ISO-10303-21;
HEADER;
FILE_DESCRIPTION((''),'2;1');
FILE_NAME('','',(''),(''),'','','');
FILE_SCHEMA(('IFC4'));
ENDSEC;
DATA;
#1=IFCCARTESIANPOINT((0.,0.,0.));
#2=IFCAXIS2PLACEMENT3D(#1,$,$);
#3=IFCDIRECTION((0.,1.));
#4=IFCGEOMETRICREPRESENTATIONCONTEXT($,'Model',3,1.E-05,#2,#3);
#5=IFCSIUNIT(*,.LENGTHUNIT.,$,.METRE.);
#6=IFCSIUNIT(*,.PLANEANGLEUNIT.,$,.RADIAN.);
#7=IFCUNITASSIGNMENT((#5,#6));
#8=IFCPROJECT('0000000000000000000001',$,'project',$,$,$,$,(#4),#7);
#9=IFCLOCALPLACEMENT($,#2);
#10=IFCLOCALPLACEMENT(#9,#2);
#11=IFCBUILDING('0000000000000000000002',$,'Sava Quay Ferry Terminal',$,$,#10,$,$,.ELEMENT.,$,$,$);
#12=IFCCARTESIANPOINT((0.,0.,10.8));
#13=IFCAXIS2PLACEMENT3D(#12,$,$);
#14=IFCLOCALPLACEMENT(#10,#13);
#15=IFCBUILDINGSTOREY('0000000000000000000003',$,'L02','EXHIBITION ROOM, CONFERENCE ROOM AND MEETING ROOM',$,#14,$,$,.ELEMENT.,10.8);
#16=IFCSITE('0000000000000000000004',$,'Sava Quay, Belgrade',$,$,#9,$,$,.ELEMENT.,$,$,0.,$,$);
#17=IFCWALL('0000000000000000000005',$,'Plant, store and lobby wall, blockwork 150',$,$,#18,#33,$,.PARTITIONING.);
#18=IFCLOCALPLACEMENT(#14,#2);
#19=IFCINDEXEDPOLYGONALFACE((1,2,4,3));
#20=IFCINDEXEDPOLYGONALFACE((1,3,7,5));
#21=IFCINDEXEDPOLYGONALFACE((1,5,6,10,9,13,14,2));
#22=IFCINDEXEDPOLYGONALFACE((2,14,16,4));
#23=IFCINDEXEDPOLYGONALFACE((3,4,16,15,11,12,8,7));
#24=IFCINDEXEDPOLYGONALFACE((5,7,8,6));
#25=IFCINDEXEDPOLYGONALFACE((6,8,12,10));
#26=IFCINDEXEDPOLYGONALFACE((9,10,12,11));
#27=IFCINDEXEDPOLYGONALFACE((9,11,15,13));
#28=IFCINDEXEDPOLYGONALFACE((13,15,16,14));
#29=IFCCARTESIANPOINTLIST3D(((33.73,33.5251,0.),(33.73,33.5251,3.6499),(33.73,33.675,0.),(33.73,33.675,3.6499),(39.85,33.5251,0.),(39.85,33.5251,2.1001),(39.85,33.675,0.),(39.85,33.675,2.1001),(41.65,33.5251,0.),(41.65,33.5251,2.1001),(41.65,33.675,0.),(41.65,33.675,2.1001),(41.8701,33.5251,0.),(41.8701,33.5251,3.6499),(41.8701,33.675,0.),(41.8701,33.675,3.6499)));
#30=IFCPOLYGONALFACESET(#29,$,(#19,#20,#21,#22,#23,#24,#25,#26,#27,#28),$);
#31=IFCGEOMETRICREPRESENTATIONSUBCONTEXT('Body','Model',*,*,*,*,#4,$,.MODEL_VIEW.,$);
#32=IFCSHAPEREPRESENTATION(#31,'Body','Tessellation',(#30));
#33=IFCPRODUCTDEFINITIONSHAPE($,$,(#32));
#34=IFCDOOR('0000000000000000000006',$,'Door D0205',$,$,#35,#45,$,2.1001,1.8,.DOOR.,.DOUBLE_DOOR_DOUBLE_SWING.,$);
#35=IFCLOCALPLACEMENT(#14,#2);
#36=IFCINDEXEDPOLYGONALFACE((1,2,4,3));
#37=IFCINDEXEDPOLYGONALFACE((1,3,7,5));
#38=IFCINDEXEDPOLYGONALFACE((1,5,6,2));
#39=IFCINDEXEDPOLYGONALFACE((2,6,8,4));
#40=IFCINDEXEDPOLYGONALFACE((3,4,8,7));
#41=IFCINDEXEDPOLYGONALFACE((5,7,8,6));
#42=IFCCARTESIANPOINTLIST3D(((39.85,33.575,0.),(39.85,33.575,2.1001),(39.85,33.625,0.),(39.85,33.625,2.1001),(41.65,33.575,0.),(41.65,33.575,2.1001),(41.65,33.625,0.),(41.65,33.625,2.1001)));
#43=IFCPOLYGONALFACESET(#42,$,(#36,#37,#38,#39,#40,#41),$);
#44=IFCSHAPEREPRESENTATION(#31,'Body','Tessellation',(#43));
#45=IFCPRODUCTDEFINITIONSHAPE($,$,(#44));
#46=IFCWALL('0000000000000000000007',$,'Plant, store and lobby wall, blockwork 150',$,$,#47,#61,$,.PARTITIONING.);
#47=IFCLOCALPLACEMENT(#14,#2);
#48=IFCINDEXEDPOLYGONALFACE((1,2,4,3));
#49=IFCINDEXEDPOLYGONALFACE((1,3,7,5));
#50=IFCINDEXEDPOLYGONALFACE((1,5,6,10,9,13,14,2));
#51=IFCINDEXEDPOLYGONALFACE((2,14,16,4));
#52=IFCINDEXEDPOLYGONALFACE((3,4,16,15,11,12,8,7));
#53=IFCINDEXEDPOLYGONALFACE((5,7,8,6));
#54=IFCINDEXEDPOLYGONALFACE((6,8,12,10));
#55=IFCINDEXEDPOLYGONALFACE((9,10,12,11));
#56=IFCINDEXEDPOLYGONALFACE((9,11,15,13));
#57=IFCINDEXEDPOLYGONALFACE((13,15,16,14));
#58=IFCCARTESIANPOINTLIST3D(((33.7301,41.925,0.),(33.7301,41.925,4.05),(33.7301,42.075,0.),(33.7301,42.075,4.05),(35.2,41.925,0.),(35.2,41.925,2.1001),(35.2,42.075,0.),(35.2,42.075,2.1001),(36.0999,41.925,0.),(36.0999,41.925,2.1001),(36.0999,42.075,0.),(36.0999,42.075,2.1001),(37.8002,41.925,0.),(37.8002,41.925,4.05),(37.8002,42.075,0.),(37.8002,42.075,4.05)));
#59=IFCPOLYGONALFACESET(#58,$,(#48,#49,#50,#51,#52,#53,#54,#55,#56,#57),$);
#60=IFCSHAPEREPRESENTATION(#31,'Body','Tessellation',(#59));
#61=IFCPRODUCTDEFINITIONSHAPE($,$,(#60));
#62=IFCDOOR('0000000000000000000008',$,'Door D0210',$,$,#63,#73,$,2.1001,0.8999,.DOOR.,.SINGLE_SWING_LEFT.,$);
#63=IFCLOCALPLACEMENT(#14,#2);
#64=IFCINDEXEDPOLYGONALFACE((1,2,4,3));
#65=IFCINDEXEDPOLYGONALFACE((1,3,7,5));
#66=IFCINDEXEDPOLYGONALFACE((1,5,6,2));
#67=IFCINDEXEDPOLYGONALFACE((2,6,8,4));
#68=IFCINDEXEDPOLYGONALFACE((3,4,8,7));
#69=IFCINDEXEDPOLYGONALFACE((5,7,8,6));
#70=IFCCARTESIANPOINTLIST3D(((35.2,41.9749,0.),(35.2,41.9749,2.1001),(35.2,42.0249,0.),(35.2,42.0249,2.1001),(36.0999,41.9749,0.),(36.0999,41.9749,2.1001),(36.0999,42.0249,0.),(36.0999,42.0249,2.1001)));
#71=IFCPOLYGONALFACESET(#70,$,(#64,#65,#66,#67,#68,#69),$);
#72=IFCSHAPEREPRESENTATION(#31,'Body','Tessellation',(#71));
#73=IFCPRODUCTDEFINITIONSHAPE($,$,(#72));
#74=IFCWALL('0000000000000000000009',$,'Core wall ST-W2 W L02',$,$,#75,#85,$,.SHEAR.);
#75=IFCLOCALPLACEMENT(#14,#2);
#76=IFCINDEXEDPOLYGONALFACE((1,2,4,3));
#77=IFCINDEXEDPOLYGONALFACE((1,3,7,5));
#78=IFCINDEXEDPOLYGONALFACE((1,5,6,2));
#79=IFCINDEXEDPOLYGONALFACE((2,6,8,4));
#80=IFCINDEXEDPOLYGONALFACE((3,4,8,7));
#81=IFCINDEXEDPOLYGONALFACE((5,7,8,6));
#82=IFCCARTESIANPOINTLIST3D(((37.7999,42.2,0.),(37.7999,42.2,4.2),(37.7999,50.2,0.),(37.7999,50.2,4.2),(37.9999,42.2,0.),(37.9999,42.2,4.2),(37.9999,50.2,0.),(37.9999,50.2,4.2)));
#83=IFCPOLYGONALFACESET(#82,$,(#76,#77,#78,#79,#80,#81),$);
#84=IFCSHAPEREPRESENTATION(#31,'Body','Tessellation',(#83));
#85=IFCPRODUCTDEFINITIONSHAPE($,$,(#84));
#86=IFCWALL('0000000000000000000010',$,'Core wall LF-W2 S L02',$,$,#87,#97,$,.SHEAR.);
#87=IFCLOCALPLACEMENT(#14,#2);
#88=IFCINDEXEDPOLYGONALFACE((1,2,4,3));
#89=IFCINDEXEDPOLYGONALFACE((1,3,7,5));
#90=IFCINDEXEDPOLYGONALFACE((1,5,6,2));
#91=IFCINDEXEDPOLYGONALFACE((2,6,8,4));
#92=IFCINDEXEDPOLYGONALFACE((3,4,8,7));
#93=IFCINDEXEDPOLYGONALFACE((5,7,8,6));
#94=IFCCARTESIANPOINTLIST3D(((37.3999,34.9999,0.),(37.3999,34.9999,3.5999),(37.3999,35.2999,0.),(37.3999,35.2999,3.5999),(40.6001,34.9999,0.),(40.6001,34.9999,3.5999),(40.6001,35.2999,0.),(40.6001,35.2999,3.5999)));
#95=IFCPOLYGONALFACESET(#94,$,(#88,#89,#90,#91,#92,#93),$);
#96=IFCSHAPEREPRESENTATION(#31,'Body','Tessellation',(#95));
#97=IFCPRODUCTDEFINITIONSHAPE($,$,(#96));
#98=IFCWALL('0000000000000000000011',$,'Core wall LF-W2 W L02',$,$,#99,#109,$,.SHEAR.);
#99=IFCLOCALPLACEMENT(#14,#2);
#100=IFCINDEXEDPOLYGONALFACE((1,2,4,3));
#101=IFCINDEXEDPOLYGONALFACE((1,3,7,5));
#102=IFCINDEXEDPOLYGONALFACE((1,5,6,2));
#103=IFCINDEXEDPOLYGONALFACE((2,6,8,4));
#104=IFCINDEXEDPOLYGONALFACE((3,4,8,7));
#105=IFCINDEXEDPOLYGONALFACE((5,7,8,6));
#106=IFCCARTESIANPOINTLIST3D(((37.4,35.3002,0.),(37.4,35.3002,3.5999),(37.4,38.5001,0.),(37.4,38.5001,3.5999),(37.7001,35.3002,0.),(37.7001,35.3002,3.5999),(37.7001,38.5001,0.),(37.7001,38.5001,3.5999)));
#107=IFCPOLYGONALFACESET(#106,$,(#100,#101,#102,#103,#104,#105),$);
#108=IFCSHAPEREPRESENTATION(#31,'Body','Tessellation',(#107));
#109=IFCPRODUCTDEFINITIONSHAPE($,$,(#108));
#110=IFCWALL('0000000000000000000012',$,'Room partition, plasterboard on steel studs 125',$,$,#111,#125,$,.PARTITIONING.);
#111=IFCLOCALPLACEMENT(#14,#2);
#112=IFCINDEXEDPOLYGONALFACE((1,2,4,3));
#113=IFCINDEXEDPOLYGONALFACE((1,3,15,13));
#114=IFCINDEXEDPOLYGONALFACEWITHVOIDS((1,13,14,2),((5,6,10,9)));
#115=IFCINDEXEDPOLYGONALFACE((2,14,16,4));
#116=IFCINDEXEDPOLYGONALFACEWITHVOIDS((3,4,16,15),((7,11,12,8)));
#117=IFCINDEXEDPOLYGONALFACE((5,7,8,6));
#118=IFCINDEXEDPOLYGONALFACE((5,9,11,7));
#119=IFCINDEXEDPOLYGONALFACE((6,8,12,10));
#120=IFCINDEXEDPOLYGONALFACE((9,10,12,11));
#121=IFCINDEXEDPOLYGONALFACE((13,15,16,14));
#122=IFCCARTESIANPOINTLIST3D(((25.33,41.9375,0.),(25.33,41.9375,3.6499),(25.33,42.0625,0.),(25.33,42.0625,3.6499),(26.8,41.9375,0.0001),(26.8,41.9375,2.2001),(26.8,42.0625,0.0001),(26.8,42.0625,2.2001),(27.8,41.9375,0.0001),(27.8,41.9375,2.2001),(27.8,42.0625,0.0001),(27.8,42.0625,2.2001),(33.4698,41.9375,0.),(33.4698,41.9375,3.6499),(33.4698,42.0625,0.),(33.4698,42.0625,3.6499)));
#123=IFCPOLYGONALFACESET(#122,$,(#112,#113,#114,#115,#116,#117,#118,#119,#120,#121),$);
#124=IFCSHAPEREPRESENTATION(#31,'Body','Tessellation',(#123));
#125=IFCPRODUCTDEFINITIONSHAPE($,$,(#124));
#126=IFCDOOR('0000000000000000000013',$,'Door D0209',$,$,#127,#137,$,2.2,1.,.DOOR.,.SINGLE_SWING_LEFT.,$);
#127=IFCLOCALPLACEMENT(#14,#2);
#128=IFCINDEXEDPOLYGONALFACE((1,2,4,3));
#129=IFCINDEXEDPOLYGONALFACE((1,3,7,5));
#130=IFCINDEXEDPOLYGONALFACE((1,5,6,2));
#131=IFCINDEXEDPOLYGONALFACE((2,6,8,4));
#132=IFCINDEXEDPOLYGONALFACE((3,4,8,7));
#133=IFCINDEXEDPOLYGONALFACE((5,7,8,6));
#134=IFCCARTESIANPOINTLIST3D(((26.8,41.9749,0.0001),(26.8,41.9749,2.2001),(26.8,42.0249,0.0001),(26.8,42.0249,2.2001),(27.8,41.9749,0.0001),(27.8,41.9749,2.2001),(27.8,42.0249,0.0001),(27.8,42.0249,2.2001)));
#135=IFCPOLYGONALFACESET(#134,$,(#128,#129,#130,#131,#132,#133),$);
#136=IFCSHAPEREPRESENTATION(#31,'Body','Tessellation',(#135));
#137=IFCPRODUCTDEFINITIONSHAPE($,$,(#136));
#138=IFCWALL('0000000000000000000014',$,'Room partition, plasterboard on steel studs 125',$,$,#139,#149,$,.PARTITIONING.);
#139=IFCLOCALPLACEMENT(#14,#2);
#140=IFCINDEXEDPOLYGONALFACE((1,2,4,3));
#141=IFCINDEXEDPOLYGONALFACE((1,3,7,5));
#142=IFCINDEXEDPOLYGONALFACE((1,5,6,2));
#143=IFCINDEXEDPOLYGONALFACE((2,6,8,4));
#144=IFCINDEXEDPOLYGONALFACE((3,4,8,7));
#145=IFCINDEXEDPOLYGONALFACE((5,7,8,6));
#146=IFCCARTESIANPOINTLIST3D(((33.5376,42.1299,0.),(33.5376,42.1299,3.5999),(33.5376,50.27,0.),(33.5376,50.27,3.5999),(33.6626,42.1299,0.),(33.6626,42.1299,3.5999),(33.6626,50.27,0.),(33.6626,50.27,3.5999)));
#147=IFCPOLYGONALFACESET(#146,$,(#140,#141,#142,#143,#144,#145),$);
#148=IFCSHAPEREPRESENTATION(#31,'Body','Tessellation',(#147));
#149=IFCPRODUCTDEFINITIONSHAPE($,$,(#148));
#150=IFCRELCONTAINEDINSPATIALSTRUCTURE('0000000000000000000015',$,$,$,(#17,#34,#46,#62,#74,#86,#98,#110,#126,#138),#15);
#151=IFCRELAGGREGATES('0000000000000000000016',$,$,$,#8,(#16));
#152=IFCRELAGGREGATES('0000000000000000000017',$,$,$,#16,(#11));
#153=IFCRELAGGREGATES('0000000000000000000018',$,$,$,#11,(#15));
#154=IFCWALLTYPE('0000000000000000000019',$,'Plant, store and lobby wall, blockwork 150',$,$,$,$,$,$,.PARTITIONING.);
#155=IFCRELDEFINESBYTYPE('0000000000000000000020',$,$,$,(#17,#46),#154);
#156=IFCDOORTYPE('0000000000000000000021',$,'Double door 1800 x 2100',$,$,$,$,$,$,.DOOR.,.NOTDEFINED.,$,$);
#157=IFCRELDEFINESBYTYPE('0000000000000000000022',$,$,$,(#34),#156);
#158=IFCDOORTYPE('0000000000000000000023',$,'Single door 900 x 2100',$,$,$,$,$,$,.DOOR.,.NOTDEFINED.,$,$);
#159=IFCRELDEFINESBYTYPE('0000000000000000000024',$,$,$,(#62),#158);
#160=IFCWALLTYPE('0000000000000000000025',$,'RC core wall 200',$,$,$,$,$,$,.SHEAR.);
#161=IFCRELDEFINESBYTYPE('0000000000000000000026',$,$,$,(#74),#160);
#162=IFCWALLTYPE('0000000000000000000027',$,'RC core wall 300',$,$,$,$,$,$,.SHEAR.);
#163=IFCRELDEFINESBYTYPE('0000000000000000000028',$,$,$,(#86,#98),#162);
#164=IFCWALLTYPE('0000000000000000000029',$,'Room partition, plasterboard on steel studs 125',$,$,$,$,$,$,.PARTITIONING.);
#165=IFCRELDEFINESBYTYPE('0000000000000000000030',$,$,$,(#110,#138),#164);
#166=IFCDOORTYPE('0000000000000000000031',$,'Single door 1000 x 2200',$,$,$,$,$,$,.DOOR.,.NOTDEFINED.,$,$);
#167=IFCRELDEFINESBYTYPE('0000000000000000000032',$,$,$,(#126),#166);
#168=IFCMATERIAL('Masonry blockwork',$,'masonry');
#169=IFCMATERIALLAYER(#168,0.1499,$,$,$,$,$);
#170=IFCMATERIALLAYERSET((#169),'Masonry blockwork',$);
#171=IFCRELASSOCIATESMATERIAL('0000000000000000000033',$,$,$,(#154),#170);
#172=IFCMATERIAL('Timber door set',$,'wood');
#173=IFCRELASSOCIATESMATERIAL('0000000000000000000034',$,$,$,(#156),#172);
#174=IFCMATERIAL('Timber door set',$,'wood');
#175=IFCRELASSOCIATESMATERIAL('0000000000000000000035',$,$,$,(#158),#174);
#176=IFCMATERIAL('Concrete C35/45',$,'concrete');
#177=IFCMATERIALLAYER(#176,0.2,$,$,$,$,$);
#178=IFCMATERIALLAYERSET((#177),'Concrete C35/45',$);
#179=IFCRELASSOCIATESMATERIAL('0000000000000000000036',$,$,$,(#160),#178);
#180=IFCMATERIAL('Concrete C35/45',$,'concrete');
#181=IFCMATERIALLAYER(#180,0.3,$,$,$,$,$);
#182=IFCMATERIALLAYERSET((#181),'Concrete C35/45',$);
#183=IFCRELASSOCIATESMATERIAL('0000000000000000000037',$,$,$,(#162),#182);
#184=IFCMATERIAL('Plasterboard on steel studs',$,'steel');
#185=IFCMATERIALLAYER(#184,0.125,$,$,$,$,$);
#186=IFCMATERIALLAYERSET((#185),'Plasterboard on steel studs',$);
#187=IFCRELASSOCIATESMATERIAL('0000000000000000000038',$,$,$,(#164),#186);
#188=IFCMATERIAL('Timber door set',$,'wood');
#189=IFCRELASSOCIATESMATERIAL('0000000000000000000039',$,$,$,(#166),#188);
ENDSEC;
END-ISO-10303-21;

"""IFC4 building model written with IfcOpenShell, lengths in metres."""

from ifc_helpers import new_model, si_unit, direction, frame, frame_2d, origin, place, context, subcontext, project, spatial, rectangle, extrude, material, layer, layer_set, type_object, element, fill, save


model = new_model("IFC4")

# Units and contexts
model_context = context("Model", 3, precision=1e-05, world=origin(), true_north=direction((0.0, 1.0)))
body_context = subcontext(model_context, "Body", "Model", "MODEL_VIEW")
ifc_project = project(units=[si_unit("LENGTHUNIT", "METRE"), si_unit("PLANEANGLEUNIT", "RADIAN")], contexts=[model_context])

# Site, building, storey
site_placement = place(None, origin())
site = spatial("IfcSite", under=ifc_project, at=site_placement, Name="Sava Quay, Belgrade", CompositionType="ELEMENT", RefElevation=0.0)
building_placement = place(site_placement, origin())
building = spatial("IfcBuilding", under=site, at=building_placement, Name="Sava Quay Ferry Terminal", CompositionType="ELEMENT")
storey_placement = place(building_placement, frame((0.0, 0.0, 10.8)))
storey = spatial("IfcBuildingStorey", under=building, at=storey_placement, Name="L02", Description="EXHIBITION ROOM, CONFERENCE ROOM AND MEETING ROOM", CompositionType="ELEMENT", Elevation=10.8)

# Walls, openings, doors
ifc_material_1 = material(Name="Masonry blockwork", Category="masonry")
ifc_layer_1 = layer(ifc_material_1, 0.1499)
ifc_layer_set_1 = layer_set([ifc_layer_1], Name="Masonry blockwork")
wall_type_1 = type_object("IfcWallType", Name="Plant, store and lobby wall, blockwork 150", PredefinedType="PARTITIONING", material=ifc_layer_set_1)
wall_1_placement = place(storey_placement, frame((33.73, 33.6001, 0.0), z_axis=(0.0, 0.0, 1.0), x_axis=(1.0, 0.0, 0.0)))
wall_1 = element("IfcWall", 1, at=wall_1_placement, inside=storey, type_object=wall_type_1, Name="Plant, store and lobby wall, blockwork 150", PredefinedType="PARTITIONING", context=body_context, shape_type="SweptSolid", body=[
    extrude(rectangle(XDim=8.1401, YDim=0.1499, at=frame_2d((4.0701, 0.0))), origin(), (0.0, 0.0, 1.0), 3.6499),
])
opening_1_placement = place(wall_1_placement, frame((6.1201, 0.0, 0.0)))
opening_1 = element("IfcOpeningElement", 2, at=opening_1_placement, cuts=wall_1, PredefinedType="OPENING", context=body_context, shape_type="SweptSolid", body=[
    extrude(rectangle(XDim=1.8, YDim=2.1001, at=frame_2d((0.8999, 1.05))), frame((0.0, 0.075, 0.0), z_axis=(0.0, -1.0, 0.0), x_axis=(1.0, 0.0, 0.0)), (0.0, 0.0, 1.0), 0.1499),
])
ifc_material_2 = material(Name="Timber door set", Category="wood")
door_type_1 = type_object("IfcDoorType", Name="Double door 1800 x 2100", OperationType="NOTDEFINED", PredefinedType="DOOR", material=ifc_material_2)
door_1_placement = place(opening_1_placement, origin())
door_1 = element("IfcDoor", 3, at=door_1_placement, inside=storey, type_object=door_type_1, Name="Door D0205", OperationType="DOUBLE_DOOR_DOUBLE_SWING", OverallHeight=2.1001, OverallWidth=1.8, PredefinedType="DOOR", context=body_context, shape_type="SweptSolid", body=[
    extrude(rectangle(XDim=1.8, YDim=2.1001, at=frame_2d((0.8999, 1.05))), frame((0.0, 0.0249, 0.0), z_axis=(0.0, -1.0, 0.0), x_axis=(1.0, 0.0, 0.0)), (0.0, 0.0, 1.0), 0.05),
])
fill(opening_1, door_1)
wall_2_placement = place(storey_placement, frame((33.73, 42.0, 0.0), z_axis=(0.0, 0.0, 1.0), x_axis=(1.0, 0.0, 0.0)))
wall_2 = element("IfcWall", 4, at=wall_2_placement, inside=storey, type_object=wall_type_1, Name="Plant, store and lobby wall, blockwork 150", PredefinedType="PARTITIONING", context=body_context, shape_type="SweptSolid", body=[
    extrude(rectangle(XDim=4.0701, YDim=0.1499, at=frame_2d((2.0352, 0.0))), origin(), (0.0, 0.0, 1.0), 4.05),
])
opening_2_placement = place(wall_2_placement, frame((1.47, 0.0, 0.0)))
opening_2 = element("IfcOpeningElement", 5, at=opening_2_placement, cuts=wall_2, PredefinedType="OPENING", context=body_context, shape_type="SweptSolid", body=[
    extrude(rectangle(XDim=0.8999, YDim=2.1001, at=frame_2d((0.45, 1.05))), frame((0.0, 0.075, 0.0), z_axis=(0.0, -1.0, 0.0), x_axis=(1.0, 0.0, 0.0)), (0.0, 0.0, 1.0), 0.1499),
])
ifc_material_3 = material(Name="Timber door set", Category="wood")
door_type_2 = type_object("IfcDoorType", Name="Single door 900 x 2100", OperationType="NOTDEFINED", PredefinedType="DOOR", material=ifc_material_3)
door_2_placement = place(opening_2_placement, origin())
door_2 = element("IfcDoor", 6, at=door_2_placement, inside=storey, type_object=door_type_2, Name="Door D0210", OperationType="SINGLE_SWING_LEFT", OverallHeight=2.1001, OverallWidth=0.8999, PredefinedType="DOOR", context=body_context, shape_type="SweptSolid", body=[
    extrude(rectangle(XDim=0.8999, YDim=2.1001, at=frame_2d((0.45, 1.05))), frame((0.0, 0.0249, 0.0), z_axis=(0.0, -1.0, 0.0), x_axis=(1.0, 0.0, 0.0)), (0.0, 0.0, 1.0), 0.05),
])
fill(opening_2, door_2)
ifc_material_4 = material(Name="Concrete C35/45", Category="concrete")
ifc_layer_2 = layer(ifc_material_4, 0.2)
ifc_layer_set_2 = layer_set([ifc_layer_2], Name="Concrete C35/45")
wall_type_2 = type_object("IfcWallType", Name="RC core wall 200", PredefinedType="SHEAR", material=ifc_layer_set_2)

# Walls
wall_3_placement = place(storey_placement, frame((37.8999, 42.2, 0.0), z_axis=(0.0, 0.0, 1.0), x_axis=(0.0, 1.0, 0.0)))
element("IfcWall", 7, at=wall_3_placement, inside=storey, type_object=wall_type_2, Name="Core wall ST-W2 W L02", PredefinedType="SHEAR", context=body_context, shape_type="SweptSolid", body=[
    extrude(rectangle(XDim=8.0, YDim=0.2, at=frame_2d((4.0, 0.0))), origin(), (0.0, 0.0, 1.0), 4.2),
])
ifc_material_5 = material(Name="Concrete C35/45", Category="concrete")
ifc_layer_3 = layer(ifc_material_5, 0.3)
ifc_layer_set_3 = layer_set([ifc_layer_3], Name="Concrete C35/45")
wall_type_3 = type_object("IfcWallType", Name="RC core wall 300", PredefinedType="SHEAR", material=ifc_layer_set_3)
wall_4_placement = place(storey_placement, frame((37.3999, 35.1499, 0.0), z_axis=(0.0, 0.0, 1.0), x_axis=(1.0, 0.0, 0.0)))
element("IfcWall", 8, at=wall_4_placement, inside=storey, type_object=wall_type_3, Name="Core wall LF-W2 S L02", PredefinedType="SHEAR", context=body_context, shape_type="SweptSolid", body=[
    extrude(rectangle(XDim=3.2002, YDim=0.3, at=frame_2d((1.6001, 0.0))), origin(), (0.0, 0.0, 1.0), 3.5999),
])

# Wall
wall_5_placement = place(storey_placement, frame((37.55, 35.3, 0.0), z_axis=(0.0, 0.0, 1.0), x_axis=(0.0, 1.0, 0.0)))
element("IfcWall", 9, at=wall_5_placement, inside=storey, type_object=wall_type_3, Name="Core wall LF-W2 W L02", PredefinedType="SHEAR", context=body_context, shape_type="SweptSolid", body=[
    extrude(rectangle(XDim=3.2, YDim=0.3, at=frame_2d((1.6001, 0.0))), origin(), (0.0, 0.0, 1.0), 3.5999),
])

# Wall, opening, door
ifc_material_6 = material(Name="Plasterboard on steel studs", Category="steel")
ifc_layer_4 = layer(ifc_material_6, 0.125)
ifc_layer_set_4 = layer_set([ifc_layer_4], Name="Plasterboard on steel studs")
wall_type_4 = type_object("IfcWallType", Name="Room partition, plasterboard on steel studs 125", PredefinedType="PARTITIONING", material=ifc_layer_set_4)
wall_6_placement = place(storey_placement, frame((25.3301, 42.0, 0.0), z_axis=(0.0, 0.0, 1.0), x_axis=(1.0, 0.0, 0.0)))
wall_6 = element("IfcWall", 10, at=wall_6_placement, inside=storey, type_object=wall_type_4, Name="Room partition, plasterboard on steel studs 125", PredefinedType="PARTITIONING", context=body_context, shape_type="SweptSolid", body=[
    extrude(rectangle(XDim=8.1399, YDim=0.125, at=frame_2d((4.0698, 0.0))), origin(), (0.0, 0.0, 1.0), 3.6499),
])
opening_3_placement = place(wall_6_placement, frame((1.47, 0.0, 0.0)))
opening_3 = element("IfcOpeningElement", 11, at=opening_3_placement, cuts=wall_6, PredefinedType="OPENING", context=body_context, shape_type="SweptSolid", body=[
    extrude(rectangle(XDim=1.0, YDim=2.2, at=frame_2d((0.5, 1.1001))), frame((0.0, 0.0625, 0.0), z_axis=(0.0, -1.0, 0.0), x_axis=(1.0, 0.0, 0.0)), (0.0, 0.0, 1.0), 0.125),
])
ifc_material_7 = material(Name="Timber door set", Category="wood")
door_type_3 = type_object("IfcDoorType", Name="Single door 1000 x 2200", OperationType="NOTDEFINED", PredefinedType="DOOR", material=ifc_material_7)
door_3_placement = place(opening_3_placement, origin())
door_3 = element("IfcDoor", 12, at=door_3_placement, inside=storey, type_object=door_type_3, Name="Door D0209", OperationType="SINGLE_SWING_LEFT", OverallHeight=2.2, OverallWidth=1.0, PredefinedType="DOOR", context=body_context, shape_type="SweptSolid", body=[
    extrude(rectangle(XDim=1.0, YDim=2.2, at=frame_2d((0.5, 1.1001))), frame((0.0, 0.0249, 0.0), z_axis=(0.0, -1.0, 0.0), x_axis=(1.0, 0.0, 0.0)), (0.0, 0.0, 1.0), 0.05),
])
fill(opening_3, door_3)

# Wall
wall_7_placement = place(storey_placement, frame((33.6001, 42.1299, 0.0), z_axis=(0.0, 0.0, 1.0), x_axis=(0.0, 1.0, 0.0)))
element("IfcWall", 13, at=wall_7_placement, inside=storey, type_object=wall_type_4, Name="Room partition, plasterboard on steel studs 125", PredefinedType="PARTITIONING", context=body_context, shape_type="SweptSolid", body=[
    extrude(rectangle(XDim=8.1401, YDim=0.125, at=frame_2d((4.0701, 0.0))), origin(), (0.0, 0.0, 1.0), 3.5999),
])

save(model, "model.ifc")
